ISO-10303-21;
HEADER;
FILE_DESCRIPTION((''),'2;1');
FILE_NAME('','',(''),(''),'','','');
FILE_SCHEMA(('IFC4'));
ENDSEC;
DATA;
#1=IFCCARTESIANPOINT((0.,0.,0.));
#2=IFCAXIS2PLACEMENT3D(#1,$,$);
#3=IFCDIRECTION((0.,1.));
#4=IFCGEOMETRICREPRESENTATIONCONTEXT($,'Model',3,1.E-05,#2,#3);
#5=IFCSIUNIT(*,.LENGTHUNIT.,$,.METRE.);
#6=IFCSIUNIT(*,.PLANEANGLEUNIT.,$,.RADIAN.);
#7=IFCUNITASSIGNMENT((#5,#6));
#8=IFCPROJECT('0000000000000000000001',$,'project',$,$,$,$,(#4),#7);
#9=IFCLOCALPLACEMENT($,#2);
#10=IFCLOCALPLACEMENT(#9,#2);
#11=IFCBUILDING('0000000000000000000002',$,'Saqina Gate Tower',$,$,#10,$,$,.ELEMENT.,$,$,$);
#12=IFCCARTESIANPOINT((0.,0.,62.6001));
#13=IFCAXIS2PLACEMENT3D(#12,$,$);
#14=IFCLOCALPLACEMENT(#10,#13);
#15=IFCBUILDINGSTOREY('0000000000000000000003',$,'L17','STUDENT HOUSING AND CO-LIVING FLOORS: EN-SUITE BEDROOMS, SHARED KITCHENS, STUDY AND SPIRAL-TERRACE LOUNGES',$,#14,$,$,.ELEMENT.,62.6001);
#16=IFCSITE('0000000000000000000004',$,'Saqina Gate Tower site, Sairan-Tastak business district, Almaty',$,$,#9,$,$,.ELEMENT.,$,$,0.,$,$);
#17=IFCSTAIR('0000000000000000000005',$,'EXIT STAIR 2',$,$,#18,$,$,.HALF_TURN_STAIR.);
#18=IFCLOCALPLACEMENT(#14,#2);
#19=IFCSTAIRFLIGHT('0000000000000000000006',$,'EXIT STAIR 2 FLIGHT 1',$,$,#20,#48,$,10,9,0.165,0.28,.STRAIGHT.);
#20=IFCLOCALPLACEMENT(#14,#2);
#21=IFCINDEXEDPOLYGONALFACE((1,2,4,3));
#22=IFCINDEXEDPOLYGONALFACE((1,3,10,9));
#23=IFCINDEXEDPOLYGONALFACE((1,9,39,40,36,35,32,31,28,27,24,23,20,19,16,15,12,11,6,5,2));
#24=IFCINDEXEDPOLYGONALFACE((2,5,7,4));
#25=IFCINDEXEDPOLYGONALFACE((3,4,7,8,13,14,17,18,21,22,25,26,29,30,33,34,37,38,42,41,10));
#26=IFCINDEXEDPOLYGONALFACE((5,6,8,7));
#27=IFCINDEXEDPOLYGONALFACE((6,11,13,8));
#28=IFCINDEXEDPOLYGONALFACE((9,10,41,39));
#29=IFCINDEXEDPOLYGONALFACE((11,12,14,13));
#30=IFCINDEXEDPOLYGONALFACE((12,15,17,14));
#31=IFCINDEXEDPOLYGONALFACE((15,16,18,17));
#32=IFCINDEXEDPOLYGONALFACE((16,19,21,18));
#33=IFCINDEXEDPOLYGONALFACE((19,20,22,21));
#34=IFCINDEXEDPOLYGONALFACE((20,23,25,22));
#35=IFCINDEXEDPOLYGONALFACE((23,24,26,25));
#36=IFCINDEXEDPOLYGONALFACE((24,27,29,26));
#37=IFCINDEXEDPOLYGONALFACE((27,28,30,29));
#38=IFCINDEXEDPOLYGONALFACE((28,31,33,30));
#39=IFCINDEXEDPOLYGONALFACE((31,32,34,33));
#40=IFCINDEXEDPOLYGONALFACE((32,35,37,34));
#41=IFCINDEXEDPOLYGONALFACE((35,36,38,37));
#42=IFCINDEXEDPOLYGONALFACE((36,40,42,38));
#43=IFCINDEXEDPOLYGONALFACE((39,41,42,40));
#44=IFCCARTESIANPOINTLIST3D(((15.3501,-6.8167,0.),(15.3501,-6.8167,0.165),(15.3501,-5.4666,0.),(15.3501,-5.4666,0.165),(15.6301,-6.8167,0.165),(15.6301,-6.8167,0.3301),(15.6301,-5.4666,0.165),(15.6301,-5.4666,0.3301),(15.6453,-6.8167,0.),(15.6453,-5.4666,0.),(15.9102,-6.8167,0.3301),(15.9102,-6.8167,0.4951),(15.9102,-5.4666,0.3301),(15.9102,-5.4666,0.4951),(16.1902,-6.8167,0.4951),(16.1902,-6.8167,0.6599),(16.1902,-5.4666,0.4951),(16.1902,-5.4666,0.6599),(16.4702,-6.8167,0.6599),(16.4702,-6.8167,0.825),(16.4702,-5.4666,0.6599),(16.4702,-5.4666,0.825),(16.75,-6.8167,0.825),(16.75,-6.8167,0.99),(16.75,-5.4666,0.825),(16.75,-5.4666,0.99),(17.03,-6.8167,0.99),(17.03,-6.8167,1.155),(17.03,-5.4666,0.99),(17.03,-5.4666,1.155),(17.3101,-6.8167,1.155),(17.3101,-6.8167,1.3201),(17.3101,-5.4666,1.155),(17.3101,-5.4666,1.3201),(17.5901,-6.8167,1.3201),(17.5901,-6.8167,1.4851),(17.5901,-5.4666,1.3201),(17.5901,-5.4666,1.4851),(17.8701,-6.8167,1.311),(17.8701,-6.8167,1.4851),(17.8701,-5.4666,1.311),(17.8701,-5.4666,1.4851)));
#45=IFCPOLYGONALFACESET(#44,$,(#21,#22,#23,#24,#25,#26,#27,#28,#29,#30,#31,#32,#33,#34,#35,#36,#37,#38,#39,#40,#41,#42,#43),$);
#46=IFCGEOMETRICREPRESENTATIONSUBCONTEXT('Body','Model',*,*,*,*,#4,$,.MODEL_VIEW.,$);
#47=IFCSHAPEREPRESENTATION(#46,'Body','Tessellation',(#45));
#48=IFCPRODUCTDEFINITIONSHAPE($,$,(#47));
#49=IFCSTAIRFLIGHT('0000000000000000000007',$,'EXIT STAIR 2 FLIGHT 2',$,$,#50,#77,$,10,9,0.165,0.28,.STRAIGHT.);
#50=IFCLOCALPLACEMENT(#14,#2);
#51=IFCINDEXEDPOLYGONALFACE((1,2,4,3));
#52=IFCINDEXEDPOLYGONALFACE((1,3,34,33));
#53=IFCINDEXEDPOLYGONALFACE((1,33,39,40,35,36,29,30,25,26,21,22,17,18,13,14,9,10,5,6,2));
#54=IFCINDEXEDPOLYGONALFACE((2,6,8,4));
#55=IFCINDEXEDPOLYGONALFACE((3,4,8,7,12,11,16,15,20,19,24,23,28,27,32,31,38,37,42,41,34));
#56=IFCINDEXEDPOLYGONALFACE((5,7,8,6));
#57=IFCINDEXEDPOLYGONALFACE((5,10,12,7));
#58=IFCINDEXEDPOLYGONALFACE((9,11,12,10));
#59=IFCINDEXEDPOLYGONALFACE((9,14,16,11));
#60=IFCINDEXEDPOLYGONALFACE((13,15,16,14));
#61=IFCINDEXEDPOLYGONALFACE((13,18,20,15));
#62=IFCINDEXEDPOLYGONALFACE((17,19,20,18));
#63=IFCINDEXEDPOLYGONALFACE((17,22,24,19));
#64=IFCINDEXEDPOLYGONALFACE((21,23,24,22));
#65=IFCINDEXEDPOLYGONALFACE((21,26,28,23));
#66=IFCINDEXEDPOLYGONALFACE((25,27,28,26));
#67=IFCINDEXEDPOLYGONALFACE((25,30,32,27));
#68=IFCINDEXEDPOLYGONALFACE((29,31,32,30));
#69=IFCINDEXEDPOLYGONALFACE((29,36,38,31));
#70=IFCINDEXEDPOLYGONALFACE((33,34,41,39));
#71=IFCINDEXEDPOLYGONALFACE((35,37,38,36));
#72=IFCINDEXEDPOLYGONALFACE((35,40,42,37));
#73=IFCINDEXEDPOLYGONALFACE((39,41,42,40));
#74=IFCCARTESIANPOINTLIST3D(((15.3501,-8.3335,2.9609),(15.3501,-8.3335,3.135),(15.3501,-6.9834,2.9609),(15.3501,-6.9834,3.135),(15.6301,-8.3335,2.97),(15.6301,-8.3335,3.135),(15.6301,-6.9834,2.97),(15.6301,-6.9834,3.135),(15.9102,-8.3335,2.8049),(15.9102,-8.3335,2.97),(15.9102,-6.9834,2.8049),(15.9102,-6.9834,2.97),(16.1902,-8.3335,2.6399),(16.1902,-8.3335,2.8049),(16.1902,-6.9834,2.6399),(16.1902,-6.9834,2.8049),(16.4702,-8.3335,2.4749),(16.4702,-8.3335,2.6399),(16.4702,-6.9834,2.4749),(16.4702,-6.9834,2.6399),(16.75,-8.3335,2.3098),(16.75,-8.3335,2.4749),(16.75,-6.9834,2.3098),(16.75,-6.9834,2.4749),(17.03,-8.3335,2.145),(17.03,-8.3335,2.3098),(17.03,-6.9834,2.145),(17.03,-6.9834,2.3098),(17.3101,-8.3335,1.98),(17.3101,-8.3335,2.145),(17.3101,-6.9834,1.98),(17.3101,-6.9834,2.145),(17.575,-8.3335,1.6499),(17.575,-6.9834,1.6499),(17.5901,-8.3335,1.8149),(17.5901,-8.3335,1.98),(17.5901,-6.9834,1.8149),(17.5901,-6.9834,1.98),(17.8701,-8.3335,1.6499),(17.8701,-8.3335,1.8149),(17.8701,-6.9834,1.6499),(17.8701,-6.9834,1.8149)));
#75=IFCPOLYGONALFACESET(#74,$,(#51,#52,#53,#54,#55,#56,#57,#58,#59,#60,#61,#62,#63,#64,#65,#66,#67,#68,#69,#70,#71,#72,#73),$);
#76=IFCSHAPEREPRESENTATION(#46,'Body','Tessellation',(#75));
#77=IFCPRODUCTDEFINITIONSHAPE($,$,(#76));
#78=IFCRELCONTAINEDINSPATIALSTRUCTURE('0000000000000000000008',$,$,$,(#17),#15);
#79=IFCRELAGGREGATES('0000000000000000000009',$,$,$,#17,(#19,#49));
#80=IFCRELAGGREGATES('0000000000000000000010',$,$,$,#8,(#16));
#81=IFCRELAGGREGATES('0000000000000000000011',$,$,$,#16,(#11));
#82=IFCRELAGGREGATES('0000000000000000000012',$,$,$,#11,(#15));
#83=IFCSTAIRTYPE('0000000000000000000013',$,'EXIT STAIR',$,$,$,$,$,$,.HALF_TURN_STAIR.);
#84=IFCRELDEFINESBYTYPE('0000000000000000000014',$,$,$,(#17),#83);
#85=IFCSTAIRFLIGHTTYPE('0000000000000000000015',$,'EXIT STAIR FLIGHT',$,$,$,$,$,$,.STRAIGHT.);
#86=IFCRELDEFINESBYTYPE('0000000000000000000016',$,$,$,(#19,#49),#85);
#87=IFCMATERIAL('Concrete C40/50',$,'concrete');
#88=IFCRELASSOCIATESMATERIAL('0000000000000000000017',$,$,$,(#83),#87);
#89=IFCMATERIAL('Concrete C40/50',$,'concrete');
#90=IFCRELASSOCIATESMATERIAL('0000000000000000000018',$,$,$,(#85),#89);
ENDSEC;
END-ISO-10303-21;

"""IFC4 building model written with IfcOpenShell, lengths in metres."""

from ifc_helpers import new_model, si_unit, direction, frame, origin, place, context, subcontext, project, spatial, polyline, outline, extrude, material, type_object, element, aggregate, save


model = new_model("IFC4")

# Units and contexts
model_context = context("Model", 3, precision=1e-05, world=origin(), true_north=direction((0.0, 1.0)))
body_context = subcontext(model_context, "Body", "Model", "MODEL_VIEW")
ifc_project = project(units=[si_unit("LENGTHUNIT", "METRE"), si_unit("PLANEANGLEUNIT", "RADIAN")], contexts=[model_context])

# Site, building, storey
site_placement = place(None, origin())
site = spatial("IfcSite", under=ifc_project, at=site_placement, Name="Saqina Gate Tower site, Sairan-Tastak business district, Almaty", CompositionType="ELEMENT", RefElevation=0.0)
building_placement = place(site_placement, origin())
building = spatial("IfcBuilding", under=site, at=building_placement, Name="Saqina Gate Tower", CompositionType="ELEMENT")
storey_placement = place(building_placement, frame((0.0, 0.0, 62.6001)))
storey = spatial("IfcBuildingStorey", under=building, at=storey_placement, Name="L17", Description="STUDENT HOUSING AND CO-LIVING FLOORS: EN-SUITE BEDROOMS, SHARED KITCHENS, STUDY AND SPIRAL-TERRACE LOUNGES", CompositionType="ELEMENT", Elevation=62.6001)

# Stair, stair flights
ifc_material_1 = material(Name="Concrete C40/50", Category="concrete")
stair_type = type_object("IfcStairType", Name="EXIT STAIR", PredefinedType="HALF_TURN_STAIR", material=ifc_material_1)
stair_placement = place(storey_placement, origin())
stair = element("IfcStair", 1, at=stair_placement, inside=storey, type_object=stair_type, Name="EXIT STAIR 2", PredefinedType="HALF_TURN_STAIR")
ifc_material_2 = material(Name="Concrete C40/50", Category="concrete")
stair_flight_type = type_object("IfcStairFlightType", Name="EXIT STAIR FLIGHT", PredefinedType="STRAIGHT", material=ifc_material_2)
stair_flight_1_placement = place(storey_placement, frame((15.3501, -6.1416, 0.0), z_axis=(0.0, 0.0, 1.0), x_axis=(1.0, 0.0, 0.0)))
stair_flight_1 = element("IfcStairFlight", 2, at=stair_flight_1_placement, type_object=stair_flight_type, Name="EXIT STAIR 2 FLIGHT 1", NumberOfRisers=10, NumberOfTreads=9, PredefinedType="STRAIGHT", RiserHeight=0.165, TreadLength=0.28, context=body_context, shape_type="SweptSolid", body=[
    extrude(outline(polyline([(0.0, 0.0), (0.0, 0.165), (0.28, 0.165), (0.28, 0.3301), (0.5601, 0.3301), (0.5601, 0.4951), (0.8401, 0.4951), (0.8401, 0.6599), (1.1201, 0.6599), (1.1201, 0.825), (1.3999, 0.825), (1.3999, 0.99), (1.6799, 0.99), (1.6799, 1.155), (1.96, 1.155), (1.96, 1.3201), (2.24, 1.3201), (2.24, 1.4851), (2.52, 1.4851), (2.52, 1.6499), (2.52, 1.311), (0.2952, 0.0), (0.0, 0.0)])), frame((0.0, 0.675, 0.0), z_axis=(0.0, -1.0, 0.0), x_axis=(1.0, 0.0, 0.0)), (0.0, 0.0, 1.0), 1.3501),
])
stair_flight_2_placement = place(storey_placement, frame((17.8701, -7.6584, 1.6499), z_axis=(0.0, 0.0, 1.0), x_axis=(-1.0, 0.0, 0.0)))
stair_flight_2 = element("IfcStairFlight", 3, at=stair_flight_2_placement, type_object=stair_flight_type, Name="EXIT STAIR 2 FLIGHT 2", NumberOfRisers=10, NumberOfTreads=9, PredefinedType="STRAIGHT", RiserHeight=0.165, TreadLength=0.28, context=body_context, shape_type="SweptSolid", body=[
    extrude(outline(polyline([(0.0, 0.0), (0.0, 0.165), (0.28, 0.165), (0.28, 0.3301), (0.5601, 0.3301), (0.5601, 0.4951), (0.8401, 0.4951), (0.8401, 0.6599), (1.1201, 0.6599), (1.1201, 0.825), (1.3999, 0.825), (1.3999, 0.99), (1.6799, 0.99), (1.6799, 1.155), (1.96, 1.155), (1.96, 1.3201), (2.24, 1.3201), (2.24, 1.4851), (2.52, 1.4851), (2.52, 1.6499), (2.52, 1.311), (0.2952, 0.0), (0.0, 0.0)])), frame((0.0, 0.675, 0.0), z_axis=(0.0, -1.0, 0.0), x_axis=(1.0, 0.0, 0.0)), (0.0, 0.0, 1.0), 1.3501),
])
aggregate(stair, [stair_flight_1, stair_flight_2])

save(model, "model.ifc")
